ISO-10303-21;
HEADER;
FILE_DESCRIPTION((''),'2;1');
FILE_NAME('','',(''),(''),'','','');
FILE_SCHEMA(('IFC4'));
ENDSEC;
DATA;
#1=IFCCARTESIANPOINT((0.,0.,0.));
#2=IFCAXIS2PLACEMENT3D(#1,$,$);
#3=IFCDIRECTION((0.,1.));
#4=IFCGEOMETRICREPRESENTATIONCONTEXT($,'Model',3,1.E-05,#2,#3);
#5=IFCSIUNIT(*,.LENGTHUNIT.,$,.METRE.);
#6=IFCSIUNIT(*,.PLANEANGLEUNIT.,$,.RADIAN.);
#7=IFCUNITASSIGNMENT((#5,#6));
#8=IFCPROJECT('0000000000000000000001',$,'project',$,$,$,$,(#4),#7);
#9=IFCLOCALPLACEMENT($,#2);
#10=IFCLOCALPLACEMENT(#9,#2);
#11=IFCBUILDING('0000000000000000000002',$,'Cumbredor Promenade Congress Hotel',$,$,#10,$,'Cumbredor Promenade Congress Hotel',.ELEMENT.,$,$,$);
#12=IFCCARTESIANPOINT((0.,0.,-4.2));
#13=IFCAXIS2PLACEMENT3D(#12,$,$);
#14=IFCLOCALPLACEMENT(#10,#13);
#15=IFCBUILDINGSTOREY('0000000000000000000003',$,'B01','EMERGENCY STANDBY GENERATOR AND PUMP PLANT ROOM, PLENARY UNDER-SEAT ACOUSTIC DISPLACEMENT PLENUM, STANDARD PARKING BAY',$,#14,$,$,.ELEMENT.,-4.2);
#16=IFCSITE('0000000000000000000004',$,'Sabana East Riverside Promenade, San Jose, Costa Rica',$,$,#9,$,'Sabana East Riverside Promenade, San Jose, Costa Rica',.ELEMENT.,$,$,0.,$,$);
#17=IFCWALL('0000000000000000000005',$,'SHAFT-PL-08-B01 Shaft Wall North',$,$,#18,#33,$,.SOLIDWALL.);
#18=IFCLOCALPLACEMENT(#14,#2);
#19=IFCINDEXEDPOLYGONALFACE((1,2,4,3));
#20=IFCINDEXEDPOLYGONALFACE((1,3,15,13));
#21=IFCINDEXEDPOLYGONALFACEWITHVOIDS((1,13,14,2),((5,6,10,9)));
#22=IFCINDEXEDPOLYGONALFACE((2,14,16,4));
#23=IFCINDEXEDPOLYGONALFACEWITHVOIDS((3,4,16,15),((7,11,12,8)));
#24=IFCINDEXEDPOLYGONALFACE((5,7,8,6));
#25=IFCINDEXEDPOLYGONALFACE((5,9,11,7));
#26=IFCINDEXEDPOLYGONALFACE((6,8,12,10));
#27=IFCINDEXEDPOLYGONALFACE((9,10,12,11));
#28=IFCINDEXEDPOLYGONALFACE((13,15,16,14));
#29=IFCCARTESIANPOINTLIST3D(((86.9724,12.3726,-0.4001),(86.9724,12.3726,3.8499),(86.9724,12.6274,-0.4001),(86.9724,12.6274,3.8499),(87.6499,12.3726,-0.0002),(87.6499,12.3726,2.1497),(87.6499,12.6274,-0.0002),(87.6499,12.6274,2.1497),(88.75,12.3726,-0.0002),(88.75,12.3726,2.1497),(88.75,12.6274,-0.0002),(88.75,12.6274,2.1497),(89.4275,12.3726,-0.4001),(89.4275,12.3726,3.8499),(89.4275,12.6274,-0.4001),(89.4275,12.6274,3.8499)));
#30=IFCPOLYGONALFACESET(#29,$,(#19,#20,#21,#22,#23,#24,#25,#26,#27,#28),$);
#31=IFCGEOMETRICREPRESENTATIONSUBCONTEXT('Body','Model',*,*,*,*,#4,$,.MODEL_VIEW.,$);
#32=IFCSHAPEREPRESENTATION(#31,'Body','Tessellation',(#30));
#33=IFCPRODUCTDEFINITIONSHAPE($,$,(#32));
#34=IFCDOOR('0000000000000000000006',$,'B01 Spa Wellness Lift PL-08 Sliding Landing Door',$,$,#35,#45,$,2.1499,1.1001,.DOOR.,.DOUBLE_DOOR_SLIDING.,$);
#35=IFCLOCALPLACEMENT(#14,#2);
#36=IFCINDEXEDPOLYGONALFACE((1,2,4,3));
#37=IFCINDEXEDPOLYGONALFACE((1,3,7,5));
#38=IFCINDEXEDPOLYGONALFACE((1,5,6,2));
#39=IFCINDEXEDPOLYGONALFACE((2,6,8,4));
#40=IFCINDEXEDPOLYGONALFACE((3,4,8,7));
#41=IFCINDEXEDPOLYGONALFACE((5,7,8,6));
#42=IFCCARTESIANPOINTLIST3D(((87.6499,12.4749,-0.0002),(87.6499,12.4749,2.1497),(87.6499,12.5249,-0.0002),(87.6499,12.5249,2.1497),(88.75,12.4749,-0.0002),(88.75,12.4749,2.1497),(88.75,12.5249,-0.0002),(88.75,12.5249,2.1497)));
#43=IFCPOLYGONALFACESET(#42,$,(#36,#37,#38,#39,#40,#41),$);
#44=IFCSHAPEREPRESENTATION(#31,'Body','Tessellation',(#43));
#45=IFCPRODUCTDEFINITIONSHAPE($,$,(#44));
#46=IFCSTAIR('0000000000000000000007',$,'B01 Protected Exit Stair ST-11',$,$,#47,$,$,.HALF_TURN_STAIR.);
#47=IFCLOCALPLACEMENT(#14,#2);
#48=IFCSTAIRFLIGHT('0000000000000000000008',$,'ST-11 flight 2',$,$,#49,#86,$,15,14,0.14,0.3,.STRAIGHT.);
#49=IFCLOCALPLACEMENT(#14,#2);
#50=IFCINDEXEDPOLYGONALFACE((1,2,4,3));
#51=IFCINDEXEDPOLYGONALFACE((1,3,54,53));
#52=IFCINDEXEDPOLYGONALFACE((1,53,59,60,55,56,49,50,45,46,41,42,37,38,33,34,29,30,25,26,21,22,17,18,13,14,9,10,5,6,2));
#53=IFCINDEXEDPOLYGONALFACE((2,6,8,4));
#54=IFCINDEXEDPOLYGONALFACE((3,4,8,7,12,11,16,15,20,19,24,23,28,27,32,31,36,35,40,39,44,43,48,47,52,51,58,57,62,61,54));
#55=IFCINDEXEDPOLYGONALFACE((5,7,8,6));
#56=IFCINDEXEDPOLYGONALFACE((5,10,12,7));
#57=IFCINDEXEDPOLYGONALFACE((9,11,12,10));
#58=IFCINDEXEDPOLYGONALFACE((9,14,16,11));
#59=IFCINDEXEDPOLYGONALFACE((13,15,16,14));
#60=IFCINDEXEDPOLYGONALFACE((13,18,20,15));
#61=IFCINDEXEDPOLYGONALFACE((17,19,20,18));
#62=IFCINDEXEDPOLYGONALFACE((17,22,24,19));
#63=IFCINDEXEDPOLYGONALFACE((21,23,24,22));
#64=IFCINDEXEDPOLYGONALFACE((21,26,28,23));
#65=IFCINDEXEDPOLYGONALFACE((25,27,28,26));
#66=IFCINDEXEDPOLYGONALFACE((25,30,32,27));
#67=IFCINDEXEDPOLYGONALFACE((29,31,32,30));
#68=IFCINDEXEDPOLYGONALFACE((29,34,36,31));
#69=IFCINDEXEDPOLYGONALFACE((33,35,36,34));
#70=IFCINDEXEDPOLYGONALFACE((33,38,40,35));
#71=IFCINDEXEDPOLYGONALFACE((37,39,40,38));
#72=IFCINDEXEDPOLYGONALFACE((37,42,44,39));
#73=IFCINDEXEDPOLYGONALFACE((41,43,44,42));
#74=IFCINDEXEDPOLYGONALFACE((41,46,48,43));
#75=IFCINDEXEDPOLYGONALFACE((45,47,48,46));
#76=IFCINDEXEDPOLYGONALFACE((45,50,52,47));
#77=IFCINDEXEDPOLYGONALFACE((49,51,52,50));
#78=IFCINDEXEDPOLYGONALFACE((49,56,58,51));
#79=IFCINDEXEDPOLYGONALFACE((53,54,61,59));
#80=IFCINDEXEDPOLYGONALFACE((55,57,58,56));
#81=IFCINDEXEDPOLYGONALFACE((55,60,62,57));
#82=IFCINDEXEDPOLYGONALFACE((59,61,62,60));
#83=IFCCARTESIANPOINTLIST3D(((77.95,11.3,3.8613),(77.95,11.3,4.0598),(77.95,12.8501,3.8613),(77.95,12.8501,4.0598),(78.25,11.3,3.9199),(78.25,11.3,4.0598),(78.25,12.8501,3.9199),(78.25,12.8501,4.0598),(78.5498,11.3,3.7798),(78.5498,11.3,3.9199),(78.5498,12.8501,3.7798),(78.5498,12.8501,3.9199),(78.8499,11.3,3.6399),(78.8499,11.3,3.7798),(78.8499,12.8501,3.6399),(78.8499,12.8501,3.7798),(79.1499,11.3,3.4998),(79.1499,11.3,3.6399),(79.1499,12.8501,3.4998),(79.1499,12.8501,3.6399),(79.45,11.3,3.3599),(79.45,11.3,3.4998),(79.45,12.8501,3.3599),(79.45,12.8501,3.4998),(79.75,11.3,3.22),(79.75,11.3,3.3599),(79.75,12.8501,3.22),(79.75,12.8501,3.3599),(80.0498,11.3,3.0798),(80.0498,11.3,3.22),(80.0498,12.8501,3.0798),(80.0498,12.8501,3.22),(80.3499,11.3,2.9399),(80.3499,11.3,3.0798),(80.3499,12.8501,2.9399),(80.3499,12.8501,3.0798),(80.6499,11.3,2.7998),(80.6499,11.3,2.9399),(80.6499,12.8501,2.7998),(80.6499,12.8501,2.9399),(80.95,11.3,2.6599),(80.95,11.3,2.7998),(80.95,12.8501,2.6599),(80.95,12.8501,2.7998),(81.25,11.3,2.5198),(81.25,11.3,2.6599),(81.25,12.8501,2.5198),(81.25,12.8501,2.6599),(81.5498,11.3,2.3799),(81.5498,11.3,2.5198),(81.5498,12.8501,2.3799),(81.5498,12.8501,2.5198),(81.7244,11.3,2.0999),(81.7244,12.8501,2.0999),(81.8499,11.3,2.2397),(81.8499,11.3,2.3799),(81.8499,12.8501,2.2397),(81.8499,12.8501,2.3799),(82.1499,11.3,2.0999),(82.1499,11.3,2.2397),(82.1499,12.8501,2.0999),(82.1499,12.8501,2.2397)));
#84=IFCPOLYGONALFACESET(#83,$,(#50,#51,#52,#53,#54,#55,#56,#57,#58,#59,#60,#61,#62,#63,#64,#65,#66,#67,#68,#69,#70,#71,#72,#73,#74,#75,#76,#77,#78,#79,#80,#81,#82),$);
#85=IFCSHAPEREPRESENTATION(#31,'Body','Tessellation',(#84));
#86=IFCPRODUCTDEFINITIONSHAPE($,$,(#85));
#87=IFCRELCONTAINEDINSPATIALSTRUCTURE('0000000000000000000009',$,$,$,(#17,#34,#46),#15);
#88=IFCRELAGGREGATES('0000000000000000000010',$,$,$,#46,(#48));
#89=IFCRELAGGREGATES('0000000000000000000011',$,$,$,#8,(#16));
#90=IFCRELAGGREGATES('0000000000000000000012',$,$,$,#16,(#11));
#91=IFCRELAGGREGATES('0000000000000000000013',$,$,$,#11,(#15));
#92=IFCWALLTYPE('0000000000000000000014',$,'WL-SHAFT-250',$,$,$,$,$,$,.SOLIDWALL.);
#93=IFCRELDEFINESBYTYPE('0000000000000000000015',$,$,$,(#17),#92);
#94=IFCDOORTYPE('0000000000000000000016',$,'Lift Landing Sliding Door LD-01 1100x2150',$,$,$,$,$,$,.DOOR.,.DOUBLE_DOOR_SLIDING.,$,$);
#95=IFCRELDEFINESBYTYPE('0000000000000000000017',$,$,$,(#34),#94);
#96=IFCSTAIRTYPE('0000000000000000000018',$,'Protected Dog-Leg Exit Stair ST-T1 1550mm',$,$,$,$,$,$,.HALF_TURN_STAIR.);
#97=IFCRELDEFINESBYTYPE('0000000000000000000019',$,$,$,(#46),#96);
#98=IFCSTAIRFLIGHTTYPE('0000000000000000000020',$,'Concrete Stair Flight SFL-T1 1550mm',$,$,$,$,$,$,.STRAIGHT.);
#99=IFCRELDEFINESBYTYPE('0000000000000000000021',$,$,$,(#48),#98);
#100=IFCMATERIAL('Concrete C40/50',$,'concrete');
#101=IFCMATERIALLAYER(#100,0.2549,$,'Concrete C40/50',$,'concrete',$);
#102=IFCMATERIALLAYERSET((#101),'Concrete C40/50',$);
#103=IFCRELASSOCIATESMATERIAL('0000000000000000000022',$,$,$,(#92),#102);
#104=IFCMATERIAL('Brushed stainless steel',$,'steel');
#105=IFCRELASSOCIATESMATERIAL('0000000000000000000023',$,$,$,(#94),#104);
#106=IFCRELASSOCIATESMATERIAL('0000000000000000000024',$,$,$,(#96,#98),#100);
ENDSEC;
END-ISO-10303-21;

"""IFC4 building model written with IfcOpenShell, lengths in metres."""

from ifc_helpers import new_model, si_unit, direction, frame, frame_2d, origin, place, context, subcontext, project, spatial, polyline, rectangle, outline, extrude, material, layer, layer_set, type_object, element, fill, aggregate, save


model = new_model("IFC4")

# Units and contexts
model_context = context("Model", 3, precision=1e-05, world=origin(), true_north=direction((0.0, 1.0)))
body_context = subcontext(model_context, "Body", "Model", "MODEL_VIEW")
ifc_project = project(units=[si_unit("LENGTHUNIT", "METRE"), si_unit("PLANEANGLEUNIT", "RADIAN")], contexts=[model_context])

# Site, building, storey
site_placement = place(None, origin())
site = spatial("IfcSite", under=ifc_project, at=site_placement, Name="Sabana East Riverside Promenade, San Jose, Costa Rica", LongName="Sabana East Riverside Promenade, San Jose, Costa Rica", CompositionType="ELEMENT", RefElevation=0.0)
building_placement = place(site_placement, origin())
building = spatial("IfcBuilding", under=site, at=building_placement, Name="Cumbredor Promenade Congress Hotel", LongName="Cumbredor Promenade Congress Hotel", CompositionType="ELEMENT")
storey_placement = place(building_placement, frame((0.0, 0.0, -4.2)))
storey = spatial("IfcBuildingStorey", under=building, at=storey_placement, Name="B01", Description="EMERGENCY STANDBY GENERATOR AND PUMP PLANT ROOM, PLENARY UNDER-SEAT ACOUSTIC DISPLACEMENT PLENUM, STANDARD PARKING BAY", CompositionType="ELEMENT", Elevation=-4.2)

# Shared definitions
ifc_material_1 = material(Name="Concrete C40/50", Category="concrete")

# Wall, opening, door
ifc_layer = layer(ifc_material_1, 0.2549, Name="Concrete C40/50", Category="concrete")
ifc_layer_set = layer_set([ifc_layer], Name="Concrete C40/50")
wall_type = type_object("IfcWallType", Name="WL-SHAFT-250", PredefinedType="SOLIDWALL", material=ifc_layer_set)
wall_1_placement = place(storey_placement, frame((86.9724, 12.5, -0.4001), z_axis=(0.0, 0.0, 1.0), x_axis=(1.0, 0.0, 0.0)))
wall_1 = element("IfcWall", 1, at=wall_1_placement, inside=storey, type_object=wall_type, Name="SHAFT-PL-08-B01 Shaft Wall North", PredefinedType="SOLIDWALL", context=body_context, shape_type="SweptSolid", body=[
    extrude(rectangle(XDim=2.4551, YDim=0.2549, at=frame_2d((1.2275, 0.0))), origin(), (0.0, 0.0, 1.0), 4.25),
])
opening_1_placement = place(wall_1_placement, frame((0.6775, 0.0, 0.3999)))
opening_1 = element("IfcOpeningElement", 2, at=opening_1_placement, cuts=wall_1, PredefinedType="OPENING", context=body_context, shape_type="SweptSolid", body=[
    extrude(rectangle(XDim=1.1001, YDim=2.1499, at=frame_2d((0.55, 1.075))), frame((0.0, 0.1375, 0.0), z_axis=(0.0, -1.0, 0.0), x_axis=(1.0, 0.0, 0.0)), (0.0, 0.0, 1.0), 0.2749),
])
ifc_material_2 = material(Name="Brushed stainless steel", Category="steel")
door_type_1 = type_object("IfcDoorType", Name="Lift Landing Sliding Door LD-01 1100x2150", OperationType="DOUBLE_DOOR_SLIDING", PredefinedType="DOOR", material=ifc_material_2)
door_1_placement = place(opening_1_placement, origin())
door_1 = element("IfcDoor", 3, at=door_1_placement, inside=storey, type_object=door_type_1, Name="B01 Spa Wellness Lift PL-08 Sliding Landing Door", OperationType="DOUBLE_DOOR_SLIDING", OverallHeight=2.1499, OverallWidth=1.1001, PredefinedType="DOOR", context=body_context, shape_type="SweptSolid", body=[
    extrude(rectangle(XDim=1.1001, YDim=2.1499, at=frame_2d((0.55, 1.075))), frame((0.0, 0.0249, 0.0), z_axis=(0.0, -1.0, 0.0), x_axis=(1.0, 0.0, 0.0)), (0.0, 0.0, 1.0), 0.05),
])
fill(opening_1, door_1)

# Stair, stair flight
stair_type = type_object("IfcStairType", Name="Protected Dog-Leg Exit Stair ST-T1 1550mm", PredefinedType="HALF_TURN_STAIR", material=ifc_material_1)
stair_placement = place(storey_placement, origin())
stair = element("IfcStair", 4, at=stair_placement, inside=storey, type_object=stair_type, Name="B01 Protected Exit Stair ST-11", PredefinedType="HALF_TURN_STAIR")
stair_flight_type = type_object("IfcStairFlightType", Name="Concrete Stair Flight SFL-T1 1550mm", PredefinedType="STRAIGHT", material=ifc_material_1)
stair_flight_placement = place(storey_placement, frame((82.1499, 12.075, 2.0999), z_axis=(0.0, 0.0, 1.0), x_axis=(-1.0, 0.0, 0.0)))
stair_flight = element("IfcStairFlight", 5, at=stair_flight_placement, type_object=stair_flight_type, Name="ST-11 flight 2", NumberOfRisers=15, NumberOfTreads=14, PredefinedType="STRAIGHT", RiserHeight=0.14, TreadLength=0.3, context=body_context, shape_type="SweptSolid", body=[
    extrude(outline(polyline([(0.0, 0.0), (0.0, 0.1399), (0.3, 0.1399), (0.3, 0.28), (0.6001, 0.28), (0.6001, 0.4199), (0.8999, 0.4199), (0.8999, 0.5601), (1.2, 0.5601), (1.2, 0.7), (1.5, 0.7), (1.5, 0.8401), (1.8, 0.8401), (1.8, 0.98), (2.1001, 0.98), (2.1001, 1.1201), (2.3999, 1.1201), (2.3999, 1.26), (2.7, 1.26), (2.7, 1.3999), (3.0, 1.3999), (3.0, 1.54), (3.3, 1.54), (3.3, 1.6799), (3.6001, 1.6799), (3.6001, 1.8201), (3.8999, 1.8201), (3.8999, 1.96), (4.2, 1.96), (4.2, 2.1001), (4.2, 1.7615), (0.4255, 0.0), (0.0, 0.0)])), frame((0.0, 0.7749, 0.0), z_axis=(0.0, -1.0, 0.0), x_axis=(1.0, 0.0, 0.0)), (0.0, 0.0, 1.0), 1.55),
])
aggregate(stair, [stair_flight])

save(model, "model.ifc")
